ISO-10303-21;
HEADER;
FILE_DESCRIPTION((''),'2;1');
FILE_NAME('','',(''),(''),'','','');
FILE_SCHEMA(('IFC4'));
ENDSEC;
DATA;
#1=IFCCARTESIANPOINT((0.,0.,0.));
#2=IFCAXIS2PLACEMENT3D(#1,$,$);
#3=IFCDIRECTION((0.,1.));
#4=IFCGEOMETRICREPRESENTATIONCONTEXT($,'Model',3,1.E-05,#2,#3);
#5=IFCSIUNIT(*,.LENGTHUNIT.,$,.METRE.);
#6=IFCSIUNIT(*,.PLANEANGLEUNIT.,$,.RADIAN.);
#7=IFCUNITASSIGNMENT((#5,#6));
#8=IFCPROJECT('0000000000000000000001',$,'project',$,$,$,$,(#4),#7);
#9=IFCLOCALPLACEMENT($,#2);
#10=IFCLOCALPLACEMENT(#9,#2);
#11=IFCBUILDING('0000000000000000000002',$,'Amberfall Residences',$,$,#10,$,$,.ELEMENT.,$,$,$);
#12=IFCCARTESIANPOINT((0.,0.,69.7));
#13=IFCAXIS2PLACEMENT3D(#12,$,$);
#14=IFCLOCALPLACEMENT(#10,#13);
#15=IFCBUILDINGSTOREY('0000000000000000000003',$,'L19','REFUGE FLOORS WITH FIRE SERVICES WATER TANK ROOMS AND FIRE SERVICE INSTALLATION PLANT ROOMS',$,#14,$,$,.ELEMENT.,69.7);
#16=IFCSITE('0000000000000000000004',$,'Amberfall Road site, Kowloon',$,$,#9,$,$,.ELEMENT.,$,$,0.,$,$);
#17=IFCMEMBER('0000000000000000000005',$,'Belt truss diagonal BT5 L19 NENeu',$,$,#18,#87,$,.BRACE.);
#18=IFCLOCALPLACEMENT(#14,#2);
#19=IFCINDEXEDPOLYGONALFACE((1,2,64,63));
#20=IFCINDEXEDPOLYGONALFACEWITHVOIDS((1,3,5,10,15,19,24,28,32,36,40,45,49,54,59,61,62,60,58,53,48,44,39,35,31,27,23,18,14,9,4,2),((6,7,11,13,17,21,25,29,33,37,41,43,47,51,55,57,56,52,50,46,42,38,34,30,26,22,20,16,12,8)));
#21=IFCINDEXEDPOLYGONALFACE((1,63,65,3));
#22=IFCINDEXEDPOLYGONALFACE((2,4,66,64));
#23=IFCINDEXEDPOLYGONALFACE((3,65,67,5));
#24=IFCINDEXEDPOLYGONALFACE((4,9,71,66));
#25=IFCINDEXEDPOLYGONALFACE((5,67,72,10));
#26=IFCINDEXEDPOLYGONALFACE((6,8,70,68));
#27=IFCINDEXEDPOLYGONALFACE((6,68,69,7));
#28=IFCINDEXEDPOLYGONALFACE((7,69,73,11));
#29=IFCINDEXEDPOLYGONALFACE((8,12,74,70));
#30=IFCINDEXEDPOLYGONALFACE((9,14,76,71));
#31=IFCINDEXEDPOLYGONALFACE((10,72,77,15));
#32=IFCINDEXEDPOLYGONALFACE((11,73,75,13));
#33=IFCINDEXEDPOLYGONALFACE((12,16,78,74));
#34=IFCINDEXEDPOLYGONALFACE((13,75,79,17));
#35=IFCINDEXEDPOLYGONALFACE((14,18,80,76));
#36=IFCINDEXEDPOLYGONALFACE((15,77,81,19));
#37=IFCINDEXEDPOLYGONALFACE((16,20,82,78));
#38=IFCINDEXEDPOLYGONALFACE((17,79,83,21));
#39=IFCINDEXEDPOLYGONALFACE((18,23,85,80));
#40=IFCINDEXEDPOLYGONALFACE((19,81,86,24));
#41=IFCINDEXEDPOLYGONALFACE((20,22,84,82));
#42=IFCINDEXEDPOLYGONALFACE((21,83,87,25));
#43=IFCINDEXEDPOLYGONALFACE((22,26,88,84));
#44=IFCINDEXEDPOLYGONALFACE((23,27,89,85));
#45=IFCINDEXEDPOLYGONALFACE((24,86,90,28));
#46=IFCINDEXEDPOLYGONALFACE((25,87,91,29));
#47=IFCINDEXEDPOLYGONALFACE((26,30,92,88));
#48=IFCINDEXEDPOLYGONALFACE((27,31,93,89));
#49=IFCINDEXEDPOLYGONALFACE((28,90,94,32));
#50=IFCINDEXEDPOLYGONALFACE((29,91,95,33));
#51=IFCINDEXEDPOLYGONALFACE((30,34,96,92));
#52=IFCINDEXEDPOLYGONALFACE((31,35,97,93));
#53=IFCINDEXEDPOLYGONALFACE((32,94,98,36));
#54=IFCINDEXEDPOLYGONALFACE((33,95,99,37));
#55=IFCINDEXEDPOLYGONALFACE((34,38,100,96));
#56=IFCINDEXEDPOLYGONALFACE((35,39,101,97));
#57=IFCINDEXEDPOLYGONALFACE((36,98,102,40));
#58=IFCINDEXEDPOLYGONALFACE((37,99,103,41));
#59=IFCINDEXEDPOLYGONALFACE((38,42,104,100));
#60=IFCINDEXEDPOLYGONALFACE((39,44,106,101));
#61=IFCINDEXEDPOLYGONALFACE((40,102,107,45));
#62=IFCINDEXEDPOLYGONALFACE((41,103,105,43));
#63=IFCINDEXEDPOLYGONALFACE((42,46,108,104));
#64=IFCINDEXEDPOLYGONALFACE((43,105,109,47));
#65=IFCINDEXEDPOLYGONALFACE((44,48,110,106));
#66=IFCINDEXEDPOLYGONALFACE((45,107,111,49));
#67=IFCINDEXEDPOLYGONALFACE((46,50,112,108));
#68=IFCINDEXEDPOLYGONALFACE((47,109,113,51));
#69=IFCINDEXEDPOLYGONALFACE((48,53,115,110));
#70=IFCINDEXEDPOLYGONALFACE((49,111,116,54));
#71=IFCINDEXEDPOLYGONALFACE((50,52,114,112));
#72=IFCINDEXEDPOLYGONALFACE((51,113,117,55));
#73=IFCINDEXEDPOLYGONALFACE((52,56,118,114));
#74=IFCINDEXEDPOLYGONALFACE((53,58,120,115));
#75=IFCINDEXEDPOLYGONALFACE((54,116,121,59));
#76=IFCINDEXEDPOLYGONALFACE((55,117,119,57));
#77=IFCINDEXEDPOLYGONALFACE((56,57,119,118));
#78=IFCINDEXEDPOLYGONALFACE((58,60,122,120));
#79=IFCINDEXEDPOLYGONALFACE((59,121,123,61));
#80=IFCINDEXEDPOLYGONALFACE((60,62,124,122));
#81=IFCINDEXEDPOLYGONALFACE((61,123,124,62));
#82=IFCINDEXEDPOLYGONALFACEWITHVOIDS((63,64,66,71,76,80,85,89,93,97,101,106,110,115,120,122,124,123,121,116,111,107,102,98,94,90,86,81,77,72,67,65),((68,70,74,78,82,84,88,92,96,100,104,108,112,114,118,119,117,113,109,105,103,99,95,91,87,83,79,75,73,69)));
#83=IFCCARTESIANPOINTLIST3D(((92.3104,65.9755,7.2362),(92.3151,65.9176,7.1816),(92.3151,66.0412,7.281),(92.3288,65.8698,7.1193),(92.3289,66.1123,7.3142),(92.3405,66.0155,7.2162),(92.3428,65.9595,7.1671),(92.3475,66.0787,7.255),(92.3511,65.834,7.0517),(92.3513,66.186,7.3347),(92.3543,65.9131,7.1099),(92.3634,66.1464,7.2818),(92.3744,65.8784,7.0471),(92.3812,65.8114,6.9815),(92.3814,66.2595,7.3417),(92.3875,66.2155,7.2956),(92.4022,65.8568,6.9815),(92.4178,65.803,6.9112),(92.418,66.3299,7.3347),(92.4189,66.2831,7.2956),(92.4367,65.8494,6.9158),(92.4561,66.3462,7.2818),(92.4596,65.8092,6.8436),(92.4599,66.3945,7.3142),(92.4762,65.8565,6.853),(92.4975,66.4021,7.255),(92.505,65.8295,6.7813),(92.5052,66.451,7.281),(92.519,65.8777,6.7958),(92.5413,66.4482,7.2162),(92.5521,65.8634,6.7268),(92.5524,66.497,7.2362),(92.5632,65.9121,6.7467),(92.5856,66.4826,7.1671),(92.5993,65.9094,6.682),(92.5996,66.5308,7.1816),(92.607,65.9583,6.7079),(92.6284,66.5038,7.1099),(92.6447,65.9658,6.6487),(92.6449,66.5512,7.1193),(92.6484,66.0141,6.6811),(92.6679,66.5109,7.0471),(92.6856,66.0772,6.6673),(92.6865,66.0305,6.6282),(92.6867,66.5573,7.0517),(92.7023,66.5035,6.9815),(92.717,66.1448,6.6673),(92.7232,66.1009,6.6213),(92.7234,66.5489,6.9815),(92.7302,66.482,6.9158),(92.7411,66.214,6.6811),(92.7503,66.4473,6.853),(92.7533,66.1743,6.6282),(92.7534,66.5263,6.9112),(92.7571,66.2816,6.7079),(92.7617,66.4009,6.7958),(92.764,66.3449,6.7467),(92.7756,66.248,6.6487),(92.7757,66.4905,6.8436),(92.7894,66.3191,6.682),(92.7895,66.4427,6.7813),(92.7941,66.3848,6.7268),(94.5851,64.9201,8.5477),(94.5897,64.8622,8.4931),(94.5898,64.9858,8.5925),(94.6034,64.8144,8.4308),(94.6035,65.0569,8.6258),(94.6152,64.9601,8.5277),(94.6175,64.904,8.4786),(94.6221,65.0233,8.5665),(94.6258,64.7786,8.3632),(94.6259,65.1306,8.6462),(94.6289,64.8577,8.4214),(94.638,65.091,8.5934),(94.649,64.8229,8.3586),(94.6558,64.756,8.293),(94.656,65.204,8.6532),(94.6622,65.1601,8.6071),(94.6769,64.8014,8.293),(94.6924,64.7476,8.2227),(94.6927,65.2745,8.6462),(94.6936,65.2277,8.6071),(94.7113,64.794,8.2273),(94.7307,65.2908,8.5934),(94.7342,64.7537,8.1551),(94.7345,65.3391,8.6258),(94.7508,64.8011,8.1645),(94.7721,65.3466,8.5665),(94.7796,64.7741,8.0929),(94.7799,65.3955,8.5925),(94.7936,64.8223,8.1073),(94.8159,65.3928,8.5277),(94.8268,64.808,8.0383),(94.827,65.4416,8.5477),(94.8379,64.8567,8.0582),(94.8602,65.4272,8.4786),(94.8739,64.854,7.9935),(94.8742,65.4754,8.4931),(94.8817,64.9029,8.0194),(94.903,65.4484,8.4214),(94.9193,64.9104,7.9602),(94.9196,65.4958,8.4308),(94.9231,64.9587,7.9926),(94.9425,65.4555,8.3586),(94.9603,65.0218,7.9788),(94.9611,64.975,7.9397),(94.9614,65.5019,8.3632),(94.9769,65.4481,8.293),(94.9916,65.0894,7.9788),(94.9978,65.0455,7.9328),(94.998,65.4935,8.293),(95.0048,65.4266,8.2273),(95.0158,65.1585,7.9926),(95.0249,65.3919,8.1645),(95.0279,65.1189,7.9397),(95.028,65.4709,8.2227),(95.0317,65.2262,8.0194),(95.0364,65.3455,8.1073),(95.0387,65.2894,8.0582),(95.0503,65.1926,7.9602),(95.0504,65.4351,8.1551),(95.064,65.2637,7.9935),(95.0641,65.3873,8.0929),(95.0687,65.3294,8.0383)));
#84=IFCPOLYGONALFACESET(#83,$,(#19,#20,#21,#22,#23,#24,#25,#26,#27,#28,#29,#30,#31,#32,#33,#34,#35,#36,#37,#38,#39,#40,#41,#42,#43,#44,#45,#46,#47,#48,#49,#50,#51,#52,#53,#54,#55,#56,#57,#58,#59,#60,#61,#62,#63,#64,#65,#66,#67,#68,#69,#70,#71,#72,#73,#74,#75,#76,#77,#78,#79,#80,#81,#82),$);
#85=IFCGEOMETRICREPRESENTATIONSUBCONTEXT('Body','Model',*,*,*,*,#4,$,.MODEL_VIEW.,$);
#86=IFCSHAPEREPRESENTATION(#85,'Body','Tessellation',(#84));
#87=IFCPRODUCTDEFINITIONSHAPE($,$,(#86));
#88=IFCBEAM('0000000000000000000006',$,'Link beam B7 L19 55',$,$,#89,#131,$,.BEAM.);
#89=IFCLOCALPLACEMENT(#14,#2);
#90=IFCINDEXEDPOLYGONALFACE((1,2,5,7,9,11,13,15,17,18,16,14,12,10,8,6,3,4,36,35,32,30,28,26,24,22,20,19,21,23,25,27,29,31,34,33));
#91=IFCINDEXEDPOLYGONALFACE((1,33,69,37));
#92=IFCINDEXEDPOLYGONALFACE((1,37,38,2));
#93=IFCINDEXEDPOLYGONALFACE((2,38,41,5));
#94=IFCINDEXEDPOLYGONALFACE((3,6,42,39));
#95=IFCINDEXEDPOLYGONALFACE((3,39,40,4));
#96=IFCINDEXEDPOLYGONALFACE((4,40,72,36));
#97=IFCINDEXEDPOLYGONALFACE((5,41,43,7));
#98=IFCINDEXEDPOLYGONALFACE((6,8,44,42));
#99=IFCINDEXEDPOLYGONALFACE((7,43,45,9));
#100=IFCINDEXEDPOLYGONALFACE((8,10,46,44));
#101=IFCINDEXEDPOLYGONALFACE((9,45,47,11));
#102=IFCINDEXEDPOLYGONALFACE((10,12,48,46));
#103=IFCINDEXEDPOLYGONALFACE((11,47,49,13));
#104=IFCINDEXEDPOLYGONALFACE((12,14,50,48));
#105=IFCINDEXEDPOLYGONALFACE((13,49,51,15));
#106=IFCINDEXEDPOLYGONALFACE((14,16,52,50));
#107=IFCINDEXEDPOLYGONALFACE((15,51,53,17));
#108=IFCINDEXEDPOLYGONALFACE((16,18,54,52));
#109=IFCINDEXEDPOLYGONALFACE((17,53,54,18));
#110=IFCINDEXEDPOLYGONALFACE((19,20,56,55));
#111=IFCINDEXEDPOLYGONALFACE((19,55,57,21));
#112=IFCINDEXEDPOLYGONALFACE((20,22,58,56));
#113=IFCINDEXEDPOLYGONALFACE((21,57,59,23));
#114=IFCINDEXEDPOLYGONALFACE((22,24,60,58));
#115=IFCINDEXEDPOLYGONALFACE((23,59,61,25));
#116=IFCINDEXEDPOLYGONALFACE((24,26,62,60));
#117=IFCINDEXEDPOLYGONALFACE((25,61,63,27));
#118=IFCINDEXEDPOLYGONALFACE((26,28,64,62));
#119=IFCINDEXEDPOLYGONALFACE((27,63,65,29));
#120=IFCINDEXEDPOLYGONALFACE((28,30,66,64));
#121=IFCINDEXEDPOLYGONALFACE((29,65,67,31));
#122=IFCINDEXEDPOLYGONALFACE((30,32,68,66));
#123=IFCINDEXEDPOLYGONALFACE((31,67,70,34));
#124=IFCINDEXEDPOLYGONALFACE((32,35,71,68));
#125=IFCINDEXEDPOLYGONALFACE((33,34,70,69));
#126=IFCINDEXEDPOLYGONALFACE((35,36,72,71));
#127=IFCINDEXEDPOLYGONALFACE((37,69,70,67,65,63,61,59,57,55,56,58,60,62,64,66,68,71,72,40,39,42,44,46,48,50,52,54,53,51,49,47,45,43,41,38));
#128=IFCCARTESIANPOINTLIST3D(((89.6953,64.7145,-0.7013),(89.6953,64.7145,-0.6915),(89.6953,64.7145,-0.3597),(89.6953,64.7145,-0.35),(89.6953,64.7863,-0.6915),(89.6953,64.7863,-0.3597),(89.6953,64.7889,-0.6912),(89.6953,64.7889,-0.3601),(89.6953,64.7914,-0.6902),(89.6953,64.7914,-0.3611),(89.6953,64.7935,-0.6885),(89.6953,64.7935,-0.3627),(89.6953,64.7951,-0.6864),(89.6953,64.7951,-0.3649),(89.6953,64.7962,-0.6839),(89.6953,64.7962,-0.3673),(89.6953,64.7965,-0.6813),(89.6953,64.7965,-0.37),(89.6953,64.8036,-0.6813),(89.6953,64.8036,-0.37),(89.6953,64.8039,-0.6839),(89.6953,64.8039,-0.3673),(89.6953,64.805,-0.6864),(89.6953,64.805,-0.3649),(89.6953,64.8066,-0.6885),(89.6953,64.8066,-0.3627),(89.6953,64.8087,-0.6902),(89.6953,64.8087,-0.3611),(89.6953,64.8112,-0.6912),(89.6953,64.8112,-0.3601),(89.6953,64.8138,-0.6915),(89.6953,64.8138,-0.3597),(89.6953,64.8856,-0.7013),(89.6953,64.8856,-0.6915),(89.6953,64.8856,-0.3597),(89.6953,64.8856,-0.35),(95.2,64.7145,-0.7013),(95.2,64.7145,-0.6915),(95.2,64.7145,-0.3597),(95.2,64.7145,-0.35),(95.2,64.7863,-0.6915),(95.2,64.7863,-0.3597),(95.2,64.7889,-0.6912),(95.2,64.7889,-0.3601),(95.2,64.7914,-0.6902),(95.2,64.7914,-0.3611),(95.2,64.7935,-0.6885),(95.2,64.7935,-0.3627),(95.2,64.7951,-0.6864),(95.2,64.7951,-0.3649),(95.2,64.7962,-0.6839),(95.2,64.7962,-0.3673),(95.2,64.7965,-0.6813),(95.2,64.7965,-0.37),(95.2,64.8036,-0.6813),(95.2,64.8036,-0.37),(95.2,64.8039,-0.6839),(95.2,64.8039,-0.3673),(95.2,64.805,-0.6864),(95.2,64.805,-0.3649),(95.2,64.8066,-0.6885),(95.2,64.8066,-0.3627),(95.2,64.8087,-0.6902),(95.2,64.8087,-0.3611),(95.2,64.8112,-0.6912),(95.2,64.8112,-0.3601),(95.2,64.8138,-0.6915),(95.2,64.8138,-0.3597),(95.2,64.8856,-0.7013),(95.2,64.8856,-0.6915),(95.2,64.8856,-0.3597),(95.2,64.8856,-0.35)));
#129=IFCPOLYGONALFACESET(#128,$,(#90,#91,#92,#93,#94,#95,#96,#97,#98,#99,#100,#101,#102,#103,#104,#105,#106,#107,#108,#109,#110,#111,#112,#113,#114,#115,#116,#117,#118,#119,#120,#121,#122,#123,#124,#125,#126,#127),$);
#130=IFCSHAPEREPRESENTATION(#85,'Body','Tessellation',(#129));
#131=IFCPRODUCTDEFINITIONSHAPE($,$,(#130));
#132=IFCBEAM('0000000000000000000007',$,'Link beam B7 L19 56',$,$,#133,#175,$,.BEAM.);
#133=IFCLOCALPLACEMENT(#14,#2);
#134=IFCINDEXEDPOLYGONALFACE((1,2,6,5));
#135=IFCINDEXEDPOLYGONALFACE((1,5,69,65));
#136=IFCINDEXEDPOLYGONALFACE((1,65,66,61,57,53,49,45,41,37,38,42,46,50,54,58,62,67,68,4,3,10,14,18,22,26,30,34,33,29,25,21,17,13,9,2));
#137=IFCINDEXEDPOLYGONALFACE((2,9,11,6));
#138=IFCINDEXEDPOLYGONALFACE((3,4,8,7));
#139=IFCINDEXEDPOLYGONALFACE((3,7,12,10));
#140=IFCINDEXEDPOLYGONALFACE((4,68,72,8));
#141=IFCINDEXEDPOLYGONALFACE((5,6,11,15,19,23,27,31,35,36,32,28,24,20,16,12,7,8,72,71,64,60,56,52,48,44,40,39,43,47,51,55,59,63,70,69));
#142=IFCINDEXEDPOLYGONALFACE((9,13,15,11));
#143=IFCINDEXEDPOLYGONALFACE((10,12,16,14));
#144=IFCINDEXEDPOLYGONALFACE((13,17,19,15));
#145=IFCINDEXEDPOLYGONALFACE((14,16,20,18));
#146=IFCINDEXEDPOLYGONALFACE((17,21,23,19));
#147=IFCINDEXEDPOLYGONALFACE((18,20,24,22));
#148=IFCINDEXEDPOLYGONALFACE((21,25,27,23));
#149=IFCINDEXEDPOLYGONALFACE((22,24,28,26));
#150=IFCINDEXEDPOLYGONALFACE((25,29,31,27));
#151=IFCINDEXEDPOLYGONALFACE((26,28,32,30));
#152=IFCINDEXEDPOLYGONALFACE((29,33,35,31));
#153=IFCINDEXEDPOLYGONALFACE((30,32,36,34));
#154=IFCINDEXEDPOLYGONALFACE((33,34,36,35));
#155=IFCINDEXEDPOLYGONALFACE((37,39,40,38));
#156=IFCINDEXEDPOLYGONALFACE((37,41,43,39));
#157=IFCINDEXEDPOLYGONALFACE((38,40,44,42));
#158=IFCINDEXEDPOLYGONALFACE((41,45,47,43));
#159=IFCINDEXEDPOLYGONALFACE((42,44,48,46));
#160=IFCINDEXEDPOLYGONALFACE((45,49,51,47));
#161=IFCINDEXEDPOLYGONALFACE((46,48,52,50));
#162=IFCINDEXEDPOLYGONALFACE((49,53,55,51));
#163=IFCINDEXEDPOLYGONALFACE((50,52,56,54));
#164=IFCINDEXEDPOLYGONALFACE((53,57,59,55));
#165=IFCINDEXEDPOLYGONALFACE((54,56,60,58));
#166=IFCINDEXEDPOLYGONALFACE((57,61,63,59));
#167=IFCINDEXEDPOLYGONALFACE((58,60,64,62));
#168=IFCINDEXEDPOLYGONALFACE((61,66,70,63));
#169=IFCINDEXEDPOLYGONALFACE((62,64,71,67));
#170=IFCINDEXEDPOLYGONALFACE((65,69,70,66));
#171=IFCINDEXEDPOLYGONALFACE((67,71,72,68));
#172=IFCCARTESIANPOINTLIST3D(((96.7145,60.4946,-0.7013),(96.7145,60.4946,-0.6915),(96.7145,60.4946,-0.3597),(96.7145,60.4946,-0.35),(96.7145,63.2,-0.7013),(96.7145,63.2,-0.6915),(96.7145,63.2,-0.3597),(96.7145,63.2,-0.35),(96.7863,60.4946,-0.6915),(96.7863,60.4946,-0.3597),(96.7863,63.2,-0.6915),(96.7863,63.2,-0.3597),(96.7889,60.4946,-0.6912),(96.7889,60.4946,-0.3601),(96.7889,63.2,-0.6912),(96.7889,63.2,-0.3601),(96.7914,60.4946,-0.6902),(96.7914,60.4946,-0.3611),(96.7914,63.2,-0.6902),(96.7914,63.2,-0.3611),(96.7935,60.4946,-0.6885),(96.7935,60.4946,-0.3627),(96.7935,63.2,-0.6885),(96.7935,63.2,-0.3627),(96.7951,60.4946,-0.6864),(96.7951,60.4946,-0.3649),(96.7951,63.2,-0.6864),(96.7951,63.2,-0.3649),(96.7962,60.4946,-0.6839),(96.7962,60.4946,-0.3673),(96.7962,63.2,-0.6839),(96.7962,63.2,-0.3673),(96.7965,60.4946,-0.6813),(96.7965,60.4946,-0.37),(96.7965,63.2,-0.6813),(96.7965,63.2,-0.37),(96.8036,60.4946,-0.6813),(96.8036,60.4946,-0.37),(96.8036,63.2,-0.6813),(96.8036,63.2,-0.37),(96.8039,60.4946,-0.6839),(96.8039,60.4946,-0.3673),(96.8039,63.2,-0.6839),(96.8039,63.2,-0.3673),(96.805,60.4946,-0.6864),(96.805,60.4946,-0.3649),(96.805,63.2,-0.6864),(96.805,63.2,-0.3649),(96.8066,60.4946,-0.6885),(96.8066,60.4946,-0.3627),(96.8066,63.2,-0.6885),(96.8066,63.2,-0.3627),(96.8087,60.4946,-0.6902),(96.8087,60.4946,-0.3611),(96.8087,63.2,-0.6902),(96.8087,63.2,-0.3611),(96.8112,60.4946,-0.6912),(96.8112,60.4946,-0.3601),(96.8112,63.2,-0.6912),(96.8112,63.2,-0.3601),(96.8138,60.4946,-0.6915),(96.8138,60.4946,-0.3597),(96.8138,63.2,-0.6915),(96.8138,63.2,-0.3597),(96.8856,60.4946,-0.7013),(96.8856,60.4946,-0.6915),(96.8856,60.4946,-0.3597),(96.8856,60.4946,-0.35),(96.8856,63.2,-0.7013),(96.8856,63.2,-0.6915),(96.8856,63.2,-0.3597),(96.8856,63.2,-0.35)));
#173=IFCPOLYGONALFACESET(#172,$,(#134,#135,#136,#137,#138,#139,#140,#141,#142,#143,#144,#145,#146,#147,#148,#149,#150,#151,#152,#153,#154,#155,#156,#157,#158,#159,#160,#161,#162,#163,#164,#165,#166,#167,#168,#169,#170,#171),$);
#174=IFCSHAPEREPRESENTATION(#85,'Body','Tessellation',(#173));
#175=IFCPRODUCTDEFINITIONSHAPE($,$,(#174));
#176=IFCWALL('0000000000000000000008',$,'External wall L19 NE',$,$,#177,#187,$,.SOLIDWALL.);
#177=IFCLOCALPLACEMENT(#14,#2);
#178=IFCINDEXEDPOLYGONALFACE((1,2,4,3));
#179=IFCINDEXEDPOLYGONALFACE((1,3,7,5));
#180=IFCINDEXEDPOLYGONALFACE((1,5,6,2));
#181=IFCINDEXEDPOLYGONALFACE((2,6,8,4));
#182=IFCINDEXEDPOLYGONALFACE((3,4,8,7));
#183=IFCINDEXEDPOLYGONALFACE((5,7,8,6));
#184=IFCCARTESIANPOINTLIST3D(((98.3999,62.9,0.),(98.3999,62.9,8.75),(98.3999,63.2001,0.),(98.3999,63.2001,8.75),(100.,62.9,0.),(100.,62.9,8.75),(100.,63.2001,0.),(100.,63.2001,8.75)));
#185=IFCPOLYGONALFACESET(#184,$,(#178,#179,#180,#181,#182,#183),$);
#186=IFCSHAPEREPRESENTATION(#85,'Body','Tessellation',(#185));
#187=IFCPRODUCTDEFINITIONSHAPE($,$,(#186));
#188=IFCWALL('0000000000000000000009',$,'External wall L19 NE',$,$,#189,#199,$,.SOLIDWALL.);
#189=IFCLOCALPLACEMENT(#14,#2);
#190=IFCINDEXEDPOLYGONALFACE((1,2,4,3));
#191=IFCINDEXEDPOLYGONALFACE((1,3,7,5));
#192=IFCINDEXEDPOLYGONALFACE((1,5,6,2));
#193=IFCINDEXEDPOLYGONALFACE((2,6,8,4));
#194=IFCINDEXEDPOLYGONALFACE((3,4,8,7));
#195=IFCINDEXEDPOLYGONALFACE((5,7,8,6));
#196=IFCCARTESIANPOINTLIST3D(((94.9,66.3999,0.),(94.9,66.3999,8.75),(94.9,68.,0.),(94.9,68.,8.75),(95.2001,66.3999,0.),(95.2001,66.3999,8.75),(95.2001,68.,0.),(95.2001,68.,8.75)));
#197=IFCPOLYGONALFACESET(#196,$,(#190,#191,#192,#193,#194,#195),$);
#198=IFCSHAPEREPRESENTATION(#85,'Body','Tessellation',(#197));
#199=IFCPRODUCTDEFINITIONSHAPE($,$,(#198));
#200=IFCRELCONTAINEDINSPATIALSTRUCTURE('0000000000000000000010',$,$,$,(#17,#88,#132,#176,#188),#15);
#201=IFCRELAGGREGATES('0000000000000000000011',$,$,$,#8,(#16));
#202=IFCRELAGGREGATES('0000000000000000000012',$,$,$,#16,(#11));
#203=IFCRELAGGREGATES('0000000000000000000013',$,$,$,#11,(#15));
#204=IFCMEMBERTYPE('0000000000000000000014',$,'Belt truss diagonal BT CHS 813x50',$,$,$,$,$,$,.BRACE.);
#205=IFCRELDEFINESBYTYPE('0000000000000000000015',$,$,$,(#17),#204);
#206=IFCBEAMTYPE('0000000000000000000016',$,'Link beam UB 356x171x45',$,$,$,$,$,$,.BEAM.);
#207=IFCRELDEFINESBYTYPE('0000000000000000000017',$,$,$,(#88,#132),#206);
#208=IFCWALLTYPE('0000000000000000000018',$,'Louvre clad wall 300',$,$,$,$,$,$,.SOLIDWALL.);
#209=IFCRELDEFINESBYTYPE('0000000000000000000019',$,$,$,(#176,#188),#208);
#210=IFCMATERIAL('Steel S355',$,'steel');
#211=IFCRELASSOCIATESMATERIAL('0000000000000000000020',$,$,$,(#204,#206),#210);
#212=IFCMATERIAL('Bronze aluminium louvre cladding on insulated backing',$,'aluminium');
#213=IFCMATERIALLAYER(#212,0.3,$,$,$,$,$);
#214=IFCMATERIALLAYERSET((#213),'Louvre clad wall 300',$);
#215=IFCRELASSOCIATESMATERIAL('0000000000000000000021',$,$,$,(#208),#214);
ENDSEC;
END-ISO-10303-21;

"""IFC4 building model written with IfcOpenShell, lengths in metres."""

from ifc_helpers import new_model, si_unit, direction, frame, frame_2d, origin, origin_2d, place, context, subcontext, project, spatial, rectangle, hollow_circle, i_section, extrude, material, layer, layer_set, material_profile, profile_set, type_object, element, save


model = new_model("IFC4")

# Units and contexts
model_context = context("Model", 3, precision=1e-05, world=origin(), true_north=direction((0.0, 1.0)))
body_context = subcontext(model_context, "Body", "Model", "MODEL_VIEW")
ifc_project = project(units=[si_unit("LENGTHUNIT", "METRE"), si_unit("PLANEANGLEUNIT", "RADIAN")], contexts=[model_context])

# Site, building, storey
site_placement = place(None, origin())
site = spatial("IfcSite", under=ifc_project, at=site_placement, Name="Amberfall Road site, Kowloon", CompositionType="ELEMENT", RefElevation=0.0)
building_placement = place(site_placement, origin())
building = spatial("IfcBuilding", under=site, at=building_placement, Name="Amberfall Residences", CompositionType="ELEMENT")
storey_placement = place(building_placement, frame((0.0, 0.0, 69.7)))
storey = spatial("IfcBuildingStorey", under=building, at=storey_placement, Name="L19", Description="REFUGE FLOORS WITH FIRE SERVICES WATER TANK ROOMS AND FIRE SERVICE INSTALLATION PLANT ROOMS", CompositionType="ELEMENT", Elevation=69.7)

# Shared definitions
ifc_material_1 = material(Name="Steel S355", Category="steel")

# Member
ifc_material_profile_1 = material_profile(ifc_material_1, hollow_circle(Radius=0.4065, WallThickness=0.05, at=origin_2d()), Name="CHS 813x50")
ifc_profile_set_1 = profile_set([ifc_material_profile_1], Name="Steel S355")
member_type = type_object("IfcMemberType", Name="Belt truss diagonal BT CHS 813x50", PredefinedType="BRACE", material=ifc_profile_set_1)
member_1_placement = place(storey_placement, frame((94.8269, 65.1248, 8.293), z_axis=(-0.803808, 0.372959, -0.46346), x_axis=(-0.420891, -0.907111, 0.0)))
element("IfcMember", 1, at=member_1_placement, inside=storey, type_object=member_type, Name="Belt truss diagonal BT5 L19 NENeu", PredefinedType="BRACE", context=body_context, shape_type="SweptSolid", body=[
    extrude(hollow_circle(Radius=0.4065, WallThickness=0.05, at=origin_2d()), origin(), (0.0, 0.0, 1.0), 2.8298),
])

# Beams
ifc_material_profile_2 = material_profile(ifc_material_1, i_section(OverallWidth=0.1711, OverallDepth=0.3513, WebThickness=0.0071, FlangeThickness=0.0098, FilletRadius=0.0103, at=origin_2d()), Name="UB 356x171x45")
ifc_profile_set_2 = profile_set([ifc_material_profile_2], Name="Steel S355")
beam_type_1 = type_object("IfcBeamType", Name="Link beam UB 356x171x45", PredefinedType="BEAM", material=ifc_profile_set_2)
beam_1_placement = place(storey_placement, frame((95.2, 64.8, -0.5256), z_axis=(-1.0, 0.0, 0.0), x_axis=(0.0, -1.0, 0.0)))
element("IfcBeam", 2, at=beam_1_placement, inside=storey, type_object=beam_type_1, Name="Link beam B7 L19 55", PredefinedType="BEAM", context=body_context, shape_type="SweptSolid", body=[
    extrude(i_section(OverallWidth=0.1711, OverallDepth=0.3513, WebThickness=0.0071, FlangeThickness=0.0098, FilletRadius=0.0103, at=origin_2d()), origin(), (0.0, 0.0, 1.0), 5.5046),
])
beam_2_placement = place(storey_placement, frame((96.8, 63.2, -0.5256), z_axis=(0.0, -1.0, 0.0), x_axis=(1.0, 0.0, 0.0)))
element("IfcBeam", 3, at=beam_2_placement, inside=storey, type_object=beam_type_1, Name="Link beam B7 L19 56", PredefinedType="BEAM", context=body_context, shape_type="SweptSolid", body=[
    extrude(i_section(OverallWidth=0.1711, OverallDepth=0.3513, WebThickness=0.0071, FlangeThickness=0.0098, FilletRadius=0.0103, at=origin_2d()), origin(), (0.0, 0.0, 1.0), 2.7053),
])

# Walls
ifc_material_2 = material(Name="Bronze aluminium louvre cladding on insulated backing", Category="aluminium")
ifc_layer = layer(ifc_material_2, 0.3)
ifc_layer_set = layer_set([ifc_layer], Name="Louvre clad wall 300")
wall_type = type_object("IfcWallType", Name="Louvre clad wall 300", PredefinedType="SOLIDWALL", material=ifc_layer_set)
for number, where, z_axis, x_axis, name in (
    (4, (100.0, 63.05, 0.0), (0.0, 0.0, 1.0), (-1.0, 0.0, 0.0), "External wall L19 NE"),
    (5, (95.05, 66.3999, 0.0), (0.0, 0.0, 1.0), (0.0, 1.0, 0.0), "External wall L19 NE"),
):
    element("IfcWall", number, at=place(storey_placement, frame(where, z_axis=z_axis, x_axis=x_axis)), inside=storey, type_object=wall_type, Name=name, PredefinedType="SOLIDWALL", context=body_context, shape_type="SweptSolid", body=[
        extrude(rectangle(XDim=1.6001, YDim=0.3, at=frame_2d((0.8, 0.0))), origin(), (0.0, 0.0, 1.0), 8.75),
    ])

save(model, "model.ifc")
